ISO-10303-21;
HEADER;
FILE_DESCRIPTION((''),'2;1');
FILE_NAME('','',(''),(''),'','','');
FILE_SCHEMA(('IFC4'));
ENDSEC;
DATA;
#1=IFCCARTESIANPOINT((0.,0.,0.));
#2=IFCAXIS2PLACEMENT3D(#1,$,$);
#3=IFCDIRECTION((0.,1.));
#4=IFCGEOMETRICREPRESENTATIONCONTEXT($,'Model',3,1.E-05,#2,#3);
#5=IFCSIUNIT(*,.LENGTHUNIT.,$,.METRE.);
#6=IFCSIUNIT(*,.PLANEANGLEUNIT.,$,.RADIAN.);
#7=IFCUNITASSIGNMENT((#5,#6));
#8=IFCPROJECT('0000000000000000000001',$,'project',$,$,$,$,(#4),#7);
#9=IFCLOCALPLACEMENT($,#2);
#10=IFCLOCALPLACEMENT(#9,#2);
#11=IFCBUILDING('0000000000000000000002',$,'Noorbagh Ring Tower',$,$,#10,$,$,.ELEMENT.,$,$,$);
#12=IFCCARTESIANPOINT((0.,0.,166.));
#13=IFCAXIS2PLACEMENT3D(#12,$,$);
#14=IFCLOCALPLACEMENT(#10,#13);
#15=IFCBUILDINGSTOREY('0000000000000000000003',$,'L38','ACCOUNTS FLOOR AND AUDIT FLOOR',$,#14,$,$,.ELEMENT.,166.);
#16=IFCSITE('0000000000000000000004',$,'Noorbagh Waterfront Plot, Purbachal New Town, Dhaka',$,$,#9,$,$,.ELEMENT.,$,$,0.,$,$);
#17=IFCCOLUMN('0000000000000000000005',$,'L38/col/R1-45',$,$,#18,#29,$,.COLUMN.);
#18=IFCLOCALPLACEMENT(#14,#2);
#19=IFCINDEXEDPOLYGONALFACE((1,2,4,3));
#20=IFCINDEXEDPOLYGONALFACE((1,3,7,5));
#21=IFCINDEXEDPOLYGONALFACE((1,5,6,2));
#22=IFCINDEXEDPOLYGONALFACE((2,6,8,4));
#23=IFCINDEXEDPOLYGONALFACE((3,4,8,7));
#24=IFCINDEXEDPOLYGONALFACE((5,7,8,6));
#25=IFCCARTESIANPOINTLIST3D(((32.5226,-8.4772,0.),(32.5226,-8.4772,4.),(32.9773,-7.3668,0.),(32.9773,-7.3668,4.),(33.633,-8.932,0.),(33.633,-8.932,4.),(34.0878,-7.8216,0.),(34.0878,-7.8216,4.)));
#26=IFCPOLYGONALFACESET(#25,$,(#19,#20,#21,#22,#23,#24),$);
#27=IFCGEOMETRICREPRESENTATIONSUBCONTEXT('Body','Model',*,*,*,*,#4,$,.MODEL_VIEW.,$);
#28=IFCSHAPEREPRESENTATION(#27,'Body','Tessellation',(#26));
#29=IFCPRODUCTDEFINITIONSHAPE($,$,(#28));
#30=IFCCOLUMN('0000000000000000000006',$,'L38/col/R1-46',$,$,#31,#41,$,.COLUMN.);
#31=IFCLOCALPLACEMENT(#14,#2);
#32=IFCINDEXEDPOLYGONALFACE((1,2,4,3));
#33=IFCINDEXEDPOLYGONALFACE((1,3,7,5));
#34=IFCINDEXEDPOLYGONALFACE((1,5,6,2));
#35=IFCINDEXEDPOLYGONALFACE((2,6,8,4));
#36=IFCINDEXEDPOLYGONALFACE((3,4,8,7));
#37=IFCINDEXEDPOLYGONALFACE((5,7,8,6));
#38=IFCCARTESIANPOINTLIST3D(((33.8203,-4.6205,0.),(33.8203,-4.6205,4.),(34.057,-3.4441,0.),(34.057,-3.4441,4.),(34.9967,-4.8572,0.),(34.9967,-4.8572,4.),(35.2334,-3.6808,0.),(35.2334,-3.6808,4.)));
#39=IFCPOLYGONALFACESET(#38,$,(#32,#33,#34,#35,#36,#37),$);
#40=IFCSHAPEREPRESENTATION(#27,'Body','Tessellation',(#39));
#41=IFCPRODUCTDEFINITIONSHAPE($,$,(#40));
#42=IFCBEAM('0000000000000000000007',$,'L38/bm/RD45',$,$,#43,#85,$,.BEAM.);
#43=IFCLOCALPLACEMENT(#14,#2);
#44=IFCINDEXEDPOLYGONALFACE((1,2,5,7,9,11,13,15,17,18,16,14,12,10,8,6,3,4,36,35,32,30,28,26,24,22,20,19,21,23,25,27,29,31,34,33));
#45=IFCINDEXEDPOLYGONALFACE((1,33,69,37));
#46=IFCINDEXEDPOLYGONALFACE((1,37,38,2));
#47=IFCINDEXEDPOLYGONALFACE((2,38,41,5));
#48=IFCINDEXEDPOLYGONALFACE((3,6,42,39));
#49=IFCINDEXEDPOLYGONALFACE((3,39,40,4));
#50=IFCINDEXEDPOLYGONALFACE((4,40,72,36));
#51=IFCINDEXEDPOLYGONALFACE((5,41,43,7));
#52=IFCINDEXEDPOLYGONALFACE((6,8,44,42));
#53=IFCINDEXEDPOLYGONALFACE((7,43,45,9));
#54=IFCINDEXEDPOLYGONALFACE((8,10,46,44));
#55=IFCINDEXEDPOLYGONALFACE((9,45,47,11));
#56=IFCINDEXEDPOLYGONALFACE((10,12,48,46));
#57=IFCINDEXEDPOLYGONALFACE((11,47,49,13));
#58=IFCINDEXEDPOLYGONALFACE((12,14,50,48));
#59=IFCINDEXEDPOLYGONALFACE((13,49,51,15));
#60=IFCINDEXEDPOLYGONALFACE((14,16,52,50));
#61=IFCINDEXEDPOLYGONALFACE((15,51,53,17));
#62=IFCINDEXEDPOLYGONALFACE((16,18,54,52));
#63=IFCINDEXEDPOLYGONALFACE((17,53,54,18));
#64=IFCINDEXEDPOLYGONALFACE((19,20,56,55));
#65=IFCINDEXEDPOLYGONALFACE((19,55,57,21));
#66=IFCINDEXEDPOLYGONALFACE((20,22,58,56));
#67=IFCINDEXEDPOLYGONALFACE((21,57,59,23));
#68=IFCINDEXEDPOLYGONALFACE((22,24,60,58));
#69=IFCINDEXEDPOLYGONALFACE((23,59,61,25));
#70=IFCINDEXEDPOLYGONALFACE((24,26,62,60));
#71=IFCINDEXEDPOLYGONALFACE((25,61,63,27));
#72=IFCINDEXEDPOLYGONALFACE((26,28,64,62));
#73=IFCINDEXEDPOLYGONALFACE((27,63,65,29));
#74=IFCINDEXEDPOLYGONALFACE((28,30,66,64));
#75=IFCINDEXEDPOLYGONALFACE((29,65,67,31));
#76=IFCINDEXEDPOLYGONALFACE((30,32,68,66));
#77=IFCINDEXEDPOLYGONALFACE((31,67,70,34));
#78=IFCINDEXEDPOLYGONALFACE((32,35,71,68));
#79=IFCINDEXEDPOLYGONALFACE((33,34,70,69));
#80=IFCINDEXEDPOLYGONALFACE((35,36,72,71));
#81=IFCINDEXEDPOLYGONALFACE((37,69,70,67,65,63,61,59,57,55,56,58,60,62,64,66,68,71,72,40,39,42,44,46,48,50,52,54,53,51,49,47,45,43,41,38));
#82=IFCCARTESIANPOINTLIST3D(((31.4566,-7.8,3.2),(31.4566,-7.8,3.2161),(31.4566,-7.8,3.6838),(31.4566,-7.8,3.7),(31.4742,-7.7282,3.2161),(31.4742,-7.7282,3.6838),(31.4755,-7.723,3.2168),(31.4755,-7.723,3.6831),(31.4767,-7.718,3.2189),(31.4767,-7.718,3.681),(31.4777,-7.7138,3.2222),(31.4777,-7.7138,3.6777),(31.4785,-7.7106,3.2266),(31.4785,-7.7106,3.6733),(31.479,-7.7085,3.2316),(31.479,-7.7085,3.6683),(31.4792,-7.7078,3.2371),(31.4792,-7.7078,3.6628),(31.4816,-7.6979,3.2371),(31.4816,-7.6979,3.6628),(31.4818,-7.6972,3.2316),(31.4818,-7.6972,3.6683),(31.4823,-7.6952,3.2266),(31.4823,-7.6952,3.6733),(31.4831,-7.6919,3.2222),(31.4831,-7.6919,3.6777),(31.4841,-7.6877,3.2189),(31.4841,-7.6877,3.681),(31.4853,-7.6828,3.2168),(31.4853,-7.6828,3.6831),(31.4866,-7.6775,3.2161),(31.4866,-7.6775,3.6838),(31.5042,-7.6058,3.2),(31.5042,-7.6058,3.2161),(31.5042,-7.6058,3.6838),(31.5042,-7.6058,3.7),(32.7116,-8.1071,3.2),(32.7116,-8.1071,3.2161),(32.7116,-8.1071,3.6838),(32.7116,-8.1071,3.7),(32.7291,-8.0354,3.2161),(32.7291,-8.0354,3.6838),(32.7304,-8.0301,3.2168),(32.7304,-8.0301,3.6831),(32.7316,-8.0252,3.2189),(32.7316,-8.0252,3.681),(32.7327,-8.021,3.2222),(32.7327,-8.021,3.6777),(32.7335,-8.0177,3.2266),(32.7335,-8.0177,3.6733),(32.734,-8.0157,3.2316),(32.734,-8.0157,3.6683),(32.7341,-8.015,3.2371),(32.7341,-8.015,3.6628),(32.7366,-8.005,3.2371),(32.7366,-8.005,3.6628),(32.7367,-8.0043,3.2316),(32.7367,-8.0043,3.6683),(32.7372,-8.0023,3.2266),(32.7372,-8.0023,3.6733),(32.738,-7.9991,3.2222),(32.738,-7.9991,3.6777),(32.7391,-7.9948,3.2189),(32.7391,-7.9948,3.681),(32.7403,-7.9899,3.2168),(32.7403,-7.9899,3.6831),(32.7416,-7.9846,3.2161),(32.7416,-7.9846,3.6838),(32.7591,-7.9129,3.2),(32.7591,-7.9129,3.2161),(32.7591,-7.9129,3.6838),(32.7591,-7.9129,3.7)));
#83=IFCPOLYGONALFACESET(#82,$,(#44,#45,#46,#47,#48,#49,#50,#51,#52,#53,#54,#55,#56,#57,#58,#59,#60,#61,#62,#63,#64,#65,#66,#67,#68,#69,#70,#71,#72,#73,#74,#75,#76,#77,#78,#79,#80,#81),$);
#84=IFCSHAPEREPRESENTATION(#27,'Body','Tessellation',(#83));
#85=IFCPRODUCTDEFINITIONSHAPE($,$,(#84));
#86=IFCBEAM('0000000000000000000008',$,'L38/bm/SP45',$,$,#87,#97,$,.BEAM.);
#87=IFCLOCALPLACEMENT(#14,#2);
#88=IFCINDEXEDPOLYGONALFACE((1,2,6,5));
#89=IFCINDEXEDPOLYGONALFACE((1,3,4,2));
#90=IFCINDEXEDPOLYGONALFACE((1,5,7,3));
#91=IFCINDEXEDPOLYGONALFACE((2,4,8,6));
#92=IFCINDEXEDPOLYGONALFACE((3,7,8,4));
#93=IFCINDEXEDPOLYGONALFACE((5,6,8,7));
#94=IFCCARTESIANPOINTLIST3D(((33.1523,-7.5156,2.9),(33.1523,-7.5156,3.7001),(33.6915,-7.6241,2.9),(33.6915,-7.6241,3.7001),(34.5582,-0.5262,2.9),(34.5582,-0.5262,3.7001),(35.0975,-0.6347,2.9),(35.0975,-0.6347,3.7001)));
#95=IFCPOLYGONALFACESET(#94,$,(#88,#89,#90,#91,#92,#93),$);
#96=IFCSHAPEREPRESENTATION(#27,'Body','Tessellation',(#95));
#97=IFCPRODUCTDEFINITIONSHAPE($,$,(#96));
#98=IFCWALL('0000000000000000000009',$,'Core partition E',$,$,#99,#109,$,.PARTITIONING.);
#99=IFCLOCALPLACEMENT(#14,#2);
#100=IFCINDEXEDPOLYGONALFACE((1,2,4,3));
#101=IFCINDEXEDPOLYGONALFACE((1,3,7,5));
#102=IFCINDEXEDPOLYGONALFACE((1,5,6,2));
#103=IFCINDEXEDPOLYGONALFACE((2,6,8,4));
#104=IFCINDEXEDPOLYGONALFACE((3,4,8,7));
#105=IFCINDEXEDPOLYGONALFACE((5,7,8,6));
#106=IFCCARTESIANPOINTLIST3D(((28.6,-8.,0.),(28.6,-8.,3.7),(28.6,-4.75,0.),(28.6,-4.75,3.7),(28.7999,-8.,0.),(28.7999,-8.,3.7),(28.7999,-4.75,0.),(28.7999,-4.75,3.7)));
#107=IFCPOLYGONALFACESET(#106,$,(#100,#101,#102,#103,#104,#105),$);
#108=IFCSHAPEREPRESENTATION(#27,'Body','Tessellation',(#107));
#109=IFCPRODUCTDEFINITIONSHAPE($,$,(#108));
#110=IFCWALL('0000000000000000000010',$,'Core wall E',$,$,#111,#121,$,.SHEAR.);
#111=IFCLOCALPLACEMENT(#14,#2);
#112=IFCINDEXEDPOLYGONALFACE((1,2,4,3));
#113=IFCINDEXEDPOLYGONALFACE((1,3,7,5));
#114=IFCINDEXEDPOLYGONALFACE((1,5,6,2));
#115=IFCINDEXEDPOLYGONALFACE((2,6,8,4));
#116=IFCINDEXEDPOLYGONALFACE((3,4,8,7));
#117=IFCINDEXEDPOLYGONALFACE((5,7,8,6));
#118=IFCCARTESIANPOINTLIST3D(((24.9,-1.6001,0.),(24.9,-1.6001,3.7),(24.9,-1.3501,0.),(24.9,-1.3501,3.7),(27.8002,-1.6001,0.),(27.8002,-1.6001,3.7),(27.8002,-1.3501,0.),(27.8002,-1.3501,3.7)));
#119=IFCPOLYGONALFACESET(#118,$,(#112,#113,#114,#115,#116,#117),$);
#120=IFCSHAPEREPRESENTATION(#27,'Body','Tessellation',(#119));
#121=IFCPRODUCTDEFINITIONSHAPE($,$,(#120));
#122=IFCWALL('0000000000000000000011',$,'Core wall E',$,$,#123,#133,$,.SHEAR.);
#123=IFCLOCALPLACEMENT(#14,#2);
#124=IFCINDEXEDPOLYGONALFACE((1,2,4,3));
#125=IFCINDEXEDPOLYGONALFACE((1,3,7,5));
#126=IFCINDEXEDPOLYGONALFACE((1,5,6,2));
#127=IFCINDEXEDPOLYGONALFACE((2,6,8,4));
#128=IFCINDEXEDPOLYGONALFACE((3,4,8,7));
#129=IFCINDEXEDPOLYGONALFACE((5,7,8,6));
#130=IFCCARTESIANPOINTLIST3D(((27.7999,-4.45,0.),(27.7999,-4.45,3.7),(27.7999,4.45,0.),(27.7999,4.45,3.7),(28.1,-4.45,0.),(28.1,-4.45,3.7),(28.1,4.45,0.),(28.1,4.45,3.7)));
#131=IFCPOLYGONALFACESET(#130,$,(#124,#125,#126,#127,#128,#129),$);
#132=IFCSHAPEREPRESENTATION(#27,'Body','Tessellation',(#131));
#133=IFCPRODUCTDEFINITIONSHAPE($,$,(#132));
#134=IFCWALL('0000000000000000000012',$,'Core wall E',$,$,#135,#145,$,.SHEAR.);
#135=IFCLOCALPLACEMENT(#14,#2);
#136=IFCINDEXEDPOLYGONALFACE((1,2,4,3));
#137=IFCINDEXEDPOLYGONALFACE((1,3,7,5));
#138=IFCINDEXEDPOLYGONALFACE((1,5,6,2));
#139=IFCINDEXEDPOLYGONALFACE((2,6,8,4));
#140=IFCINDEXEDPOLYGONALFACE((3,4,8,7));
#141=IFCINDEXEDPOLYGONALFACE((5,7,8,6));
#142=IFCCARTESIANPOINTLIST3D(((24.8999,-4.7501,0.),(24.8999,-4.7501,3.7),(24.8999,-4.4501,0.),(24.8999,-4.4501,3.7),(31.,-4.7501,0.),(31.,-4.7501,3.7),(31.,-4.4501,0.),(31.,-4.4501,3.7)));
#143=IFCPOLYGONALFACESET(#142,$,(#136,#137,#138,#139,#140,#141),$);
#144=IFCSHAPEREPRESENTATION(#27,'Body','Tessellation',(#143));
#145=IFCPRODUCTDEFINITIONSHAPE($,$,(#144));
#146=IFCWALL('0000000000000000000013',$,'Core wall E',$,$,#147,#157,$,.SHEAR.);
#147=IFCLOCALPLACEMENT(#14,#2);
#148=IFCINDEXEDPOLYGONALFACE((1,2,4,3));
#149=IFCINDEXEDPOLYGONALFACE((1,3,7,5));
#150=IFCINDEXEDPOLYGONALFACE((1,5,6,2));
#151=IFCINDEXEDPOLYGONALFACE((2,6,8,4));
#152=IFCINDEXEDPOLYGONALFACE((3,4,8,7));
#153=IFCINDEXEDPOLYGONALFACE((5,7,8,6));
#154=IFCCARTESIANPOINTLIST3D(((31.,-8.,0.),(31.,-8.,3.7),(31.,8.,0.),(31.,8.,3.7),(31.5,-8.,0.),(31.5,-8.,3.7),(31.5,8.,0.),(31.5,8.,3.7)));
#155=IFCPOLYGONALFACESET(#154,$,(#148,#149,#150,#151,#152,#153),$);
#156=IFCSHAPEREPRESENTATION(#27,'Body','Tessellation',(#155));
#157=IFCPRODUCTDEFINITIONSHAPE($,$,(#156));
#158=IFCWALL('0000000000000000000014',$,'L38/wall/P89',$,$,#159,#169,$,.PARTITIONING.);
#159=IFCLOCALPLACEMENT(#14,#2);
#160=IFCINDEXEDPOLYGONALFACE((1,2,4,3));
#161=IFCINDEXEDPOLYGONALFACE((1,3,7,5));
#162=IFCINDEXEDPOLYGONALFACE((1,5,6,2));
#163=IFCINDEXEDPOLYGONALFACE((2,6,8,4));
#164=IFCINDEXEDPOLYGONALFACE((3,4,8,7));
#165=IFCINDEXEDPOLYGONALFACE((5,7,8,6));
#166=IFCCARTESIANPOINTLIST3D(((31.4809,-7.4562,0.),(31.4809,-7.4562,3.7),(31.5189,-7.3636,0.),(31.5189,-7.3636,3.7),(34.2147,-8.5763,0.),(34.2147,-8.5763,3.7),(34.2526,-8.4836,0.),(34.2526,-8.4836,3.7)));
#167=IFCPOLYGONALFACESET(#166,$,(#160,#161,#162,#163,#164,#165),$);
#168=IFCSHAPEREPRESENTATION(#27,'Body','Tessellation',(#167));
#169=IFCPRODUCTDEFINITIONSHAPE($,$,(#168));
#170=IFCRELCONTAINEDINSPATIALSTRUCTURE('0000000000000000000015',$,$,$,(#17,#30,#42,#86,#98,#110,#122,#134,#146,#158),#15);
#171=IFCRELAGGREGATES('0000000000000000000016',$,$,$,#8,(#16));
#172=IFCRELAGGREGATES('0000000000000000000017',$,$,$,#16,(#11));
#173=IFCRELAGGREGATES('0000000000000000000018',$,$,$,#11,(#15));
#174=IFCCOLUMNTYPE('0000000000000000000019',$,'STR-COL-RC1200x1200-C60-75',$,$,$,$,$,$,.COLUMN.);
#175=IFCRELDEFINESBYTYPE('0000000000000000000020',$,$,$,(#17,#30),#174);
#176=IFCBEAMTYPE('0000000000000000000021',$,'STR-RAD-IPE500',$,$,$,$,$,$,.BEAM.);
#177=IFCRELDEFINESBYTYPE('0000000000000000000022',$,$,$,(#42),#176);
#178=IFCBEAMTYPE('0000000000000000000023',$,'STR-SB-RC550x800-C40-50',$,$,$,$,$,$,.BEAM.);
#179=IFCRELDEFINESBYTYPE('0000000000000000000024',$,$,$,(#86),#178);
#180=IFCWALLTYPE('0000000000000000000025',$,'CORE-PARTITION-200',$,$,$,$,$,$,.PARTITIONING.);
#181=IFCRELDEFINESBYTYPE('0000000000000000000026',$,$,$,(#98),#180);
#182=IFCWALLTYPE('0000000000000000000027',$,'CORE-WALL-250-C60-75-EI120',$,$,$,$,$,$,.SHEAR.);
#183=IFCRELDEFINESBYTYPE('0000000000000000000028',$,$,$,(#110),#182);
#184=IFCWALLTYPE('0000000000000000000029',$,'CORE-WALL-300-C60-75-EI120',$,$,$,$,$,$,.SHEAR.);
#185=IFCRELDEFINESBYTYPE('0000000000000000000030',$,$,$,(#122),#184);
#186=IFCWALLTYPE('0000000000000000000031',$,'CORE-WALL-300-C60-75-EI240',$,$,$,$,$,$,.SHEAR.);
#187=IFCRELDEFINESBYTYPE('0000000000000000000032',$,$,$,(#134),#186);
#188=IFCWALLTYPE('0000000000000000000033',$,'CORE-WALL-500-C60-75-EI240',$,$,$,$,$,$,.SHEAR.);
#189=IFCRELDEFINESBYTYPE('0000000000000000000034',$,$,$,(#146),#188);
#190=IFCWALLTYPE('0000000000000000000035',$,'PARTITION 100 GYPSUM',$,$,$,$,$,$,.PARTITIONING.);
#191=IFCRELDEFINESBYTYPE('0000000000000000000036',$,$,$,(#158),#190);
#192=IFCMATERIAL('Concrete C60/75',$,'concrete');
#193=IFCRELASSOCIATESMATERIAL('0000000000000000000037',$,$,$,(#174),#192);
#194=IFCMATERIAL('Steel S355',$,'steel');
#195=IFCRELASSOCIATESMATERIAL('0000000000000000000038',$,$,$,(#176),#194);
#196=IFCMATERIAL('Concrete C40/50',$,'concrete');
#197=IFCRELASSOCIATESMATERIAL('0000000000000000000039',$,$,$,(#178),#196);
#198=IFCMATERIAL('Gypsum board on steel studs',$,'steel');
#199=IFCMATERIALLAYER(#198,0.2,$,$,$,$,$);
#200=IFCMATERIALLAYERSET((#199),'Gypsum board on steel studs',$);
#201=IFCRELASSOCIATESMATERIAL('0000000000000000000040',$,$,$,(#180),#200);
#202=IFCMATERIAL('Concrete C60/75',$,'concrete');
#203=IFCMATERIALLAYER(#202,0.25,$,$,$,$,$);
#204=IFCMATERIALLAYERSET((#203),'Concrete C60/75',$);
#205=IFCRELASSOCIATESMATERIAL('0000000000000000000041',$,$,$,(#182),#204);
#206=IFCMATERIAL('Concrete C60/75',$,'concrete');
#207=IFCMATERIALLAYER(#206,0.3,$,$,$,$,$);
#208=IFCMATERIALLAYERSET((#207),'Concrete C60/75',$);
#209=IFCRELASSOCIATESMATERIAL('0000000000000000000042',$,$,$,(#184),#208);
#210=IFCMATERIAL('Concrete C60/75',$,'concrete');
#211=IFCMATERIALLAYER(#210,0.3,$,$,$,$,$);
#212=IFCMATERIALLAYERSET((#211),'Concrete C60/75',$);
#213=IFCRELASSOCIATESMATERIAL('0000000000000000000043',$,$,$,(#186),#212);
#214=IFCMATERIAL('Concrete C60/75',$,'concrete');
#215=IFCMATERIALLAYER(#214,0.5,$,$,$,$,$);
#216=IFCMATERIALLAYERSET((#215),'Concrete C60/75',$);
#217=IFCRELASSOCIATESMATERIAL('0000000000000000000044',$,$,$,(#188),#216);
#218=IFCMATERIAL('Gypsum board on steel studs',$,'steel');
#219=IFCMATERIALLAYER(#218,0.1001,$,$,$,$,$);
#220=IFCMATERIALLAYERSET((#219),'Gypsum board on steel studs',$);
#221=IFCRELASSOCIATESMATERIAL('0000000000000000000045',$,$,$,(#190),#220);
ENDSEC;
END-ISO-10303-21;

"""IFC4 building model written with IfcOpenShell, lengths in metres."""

from ifc_helpers import new_model, si_unit, direction, frame, frame_2d, origin, origin_2d, place, context, subcontext, project, spatial, rectangle, i_section, extrude, material, layer, layer_set, material_profile, profile_set, type_object, element, save


model = new_model("IFC4")

# Units and contexts
model_context = context("Model", 3, precision=1e-05, world=origin(), true_north=direction((0.0, 1.0)))
body_context = subcontext(model_context, "Body", "Model", "MODEL_VIEW")
ifc_project = project(units=[si_unit("LENGTHUNIT", "METRE"), si_unit("PLANEANGLEUNIT", "RADIAN")], contexts=[model_context])

# Site, building, storey
site_placement = place(None, origin())
site = spatial("IfcSite", under=ifc_project, at=site_placement, Name="Noorbagh Waterfront Plot, Purbachal New Town, Dhaka", CompositionType="ELEMENT", RefElevation=0.0)
building_placement = place(site_placement, origin())
building = spatial("IfcBuilding", under=site, at=building_placement, Name="Noorbagh Ring Tower", CompositionType="ELEMENT")
storey_placement = place(building_placement, frame((0.0, 0.0, 166.0)))
storey = spatial("IfcBuildingStorey", under=building, at=storey_placement, Name="L38", Description="ACCOUNTS FLOOR AND AUDIT FLOOR", CompositionType="ELEMENT", Elevation=166.0)

# Columns
ifc_material_1 = material(Name="Concrete C60/75", Category="concrete")
ifc_material_profile_1 = material_profile(ifc_material_1, rectangle(XDim=1.2, YDim=1.2, at=origin_2d()), Name="RC1200x1200")
ifc_profile_set_1 = profile_set([ifc_material_profile_1], Name="Concrete C60/75")
column_type = type_object("IfcColumnType", Name="STR-COL-RC1200x1200-C60-75", PredefinedType="COLUMN", material=ifc_profile_set_1)
for number, where, z_axis, x_axis, name in (
    (1, (33.3052, -8.1494, 0.0), (0.0, 0.0, 1.0), (0.378989, 0.925401, 0.0), "L38/col/R1-45"),
    (2, (34.5269, -4.1506, 0.0), (0.0, 0.0, 1.0), (0.19723, 0.980357, 0.0), "L38/col/R1-46"),
):
    element("IfcColumn", number, at=place(storey_placement, frame(where, z_axis=z_axis, x_axis=x_axis)), inside=storey, type_object=column_type, Name=name, PredefinedType="COLUMN", context=body_context, shape_type="SweptSolid", body=[
        extrude(rectangle(XDim=1.2, YDim=1.2, at=origin_2d()), origin(), (0.0, 0.0, 1.0), 4.0),
    ])

# Beams
ifc_material_2 = material(Name="Steel S355", Category="steel")
ifc_material_profile_2 = material_profile(ifc_material_2, i_section(OverallWidth=0.2, OverallDepth=0.5, WebThickness=0.0103, FlangeThickness=0.0161, FilletRadius=0.021, at=origin_2d()), Name="IPE500")
ifc_profile_set_2 = profile_set([ifc_material_profile_2], Name="Steel S355")
beam_type_1 = type_object("IfcBeamType", Name="STR-RAD-IPE500", PredefinedType="BEAM", material=ifc_profile_set_2)
beam_1_placement = place(storey_placement, frame((32.7354, -8.01, 3.45), z_axis=(-0.971331, 0.23773, 0.0), x_axis=(-0.23773, -0.971331, 0.0)))
element("IfcBeam", 3, at=beam_1_placement, inside=storey, type_object=beam_type_1, Name="L38/bm/RD45", PredefinedType="BEAM", context=body_context, shape_type="SweptSolid", body=[
    extrude(i_section(OverallWidth=0.2, OverallDepth=0.5, WebThickness=0.0103, FlangeThickness=0.0161, FilletRadius=0.021, at=origin_2d()), origin(), (0.0, 0.0, 1.0), 1.292),
])
ifc_material_3 = material(Name="Concrete C40/50", Category="concrete")
ifc_material_profile_3 = material_profile(ifc_material_3, rectangle(XDim=0.55, YDim=0.8, at=origin_2d()), Name="RC550x800")
ifc_profile_set_3 = profile_set([ifc_material_profile_3], Name="Concrete C40/50")
beam_type_2 = type_object("IfcBeamType", Name="STR-SB-RC550x800-C40-50", PredefinedType="BEAM", material=ifc_profile_set_3)
beam_2_placement = place(storey_placement, frame((33.4219, -7.5698, 3.3), z_axis=(0.197209, 0.980361, 0.0), x_axis=(-0.980361, 0.197209, 0.0)))
element("IfcBeam", 4, at=beam_2_placement, inside=storey, type_object=beam_type_2, Name="L38/bm/SP45", PredefinedType="BEAM", context=body_context, shape_type="SweptSolid", body=[
    extrude(rectangle(XDim=0.55, YDim=0.8, at=origin_2d()), origin(), (0.0, 0.0, 1.0), 7.1294),
])

# Walls
ifc_material_4 = material(Name="Gypsum board on steel studs", Category="steel")
ifc_layer_1 = layer(ifc_material_4, 0.2)
ifc_layer_set_1 = layer_set([ifc_layer_1], Name="Gypsum board on steel studs")
wall_type_1 = type_object("IfcWallType", Name="CORE-PARTITION-200", PredefinedType="PARTITIONING", material=ifc_layer_set_1)
wall_1_placement = place(storey_placement, frame((28.7, -8.0, 0.0), z_axis=(0.0, 0.0, 1.0), x_axis=(0.0, 1.0, 0.0)))
element("IfcWall", 5, at=wall_1_placement, inside=storey, type_object=wall_type_1, Name="Core partition E", PredefinedType="PARTITIONING", context=body_context, shape_type="SweptSolid", body=[
    extrude(rectangle(XDim=3.25, YDim=0.2, at=frame_2d((1.625, 0.0))), origin(), (0.0, 0.0, 1.0), 3.7),
])
ifc_material_5 = material(Name="Concrete C60/75", Category="concrete")
ifc_layer_2 = layer(ifc_material_5, 0.25)
ifc_layer_set_2 = layer_set([ifc_layer_2], Name="Concrete C60/75")
wall_type_2 = type_object("IfcWallType", Name="CORE-WALL-250-C60-75-EI120", PredefinedType="SHEAR", material=ifc_layer_set_2)
wall_2_placement = place(storey_placement, frame((24.8999, -1.4751, 0.0), z_axis=(0.0, 0.0, 1.0), x_axis=(1.0, 0.0, 0.0)))
element("IfcWall", 6, at=wall_2_placement, inside=storey, type_object=wall_type_2, Name="Core wall E", PredefinedType="SHEAR", context=body_context, shape_type="SweptSolid", body=[
    extrude(rectangle(XDim=2.9001, YDim=0.25, at=frame_2d((1.4502, 0.0))), origin(), (0.0, 0.0, 1.0), 3.7),
])
ifc_material_6 = material(Name="Concrete C60/75", Category="concrete")
ifc_layer_3 = layer(ifc_material_6, 0.3)
ifc_layer_set_3 = layer_set([ifc_layer_3], Name="Concrete C60/75")
wall_type_3 = type_object("IfcWallType", Name="CORE-WALL-300-C60-75-EI120", PredefinedType="SHEAR", material=ifc_layer_set_3)
wall_3_placement = place(storey_placement, frame((27.95, -4.45, 0.0), z_axis=(0.0, 0.0, 1.0), x_axis=(0.0, 1.0, 0.0)))
element("IfcWall", 7, at=wall_3_placement, inside=storey, type_object=wall_type_3, Name="Core wall E", PredefinedType="SHEAR", context=body_context, shape_type="SweptSolid", body=[
    extrude(rectangle(XDim=8.8999, YDim=0.3, at=frame_2d((4.45, 0.0))), origin(), (0.0, 0.0, 1.0), 3.7),
])
ifc_material_7 = material(Name="Concrete C60/75", Category="concrete")
ifc_layer_4 = layer(ifc_material_7, 0.3)
ifc_layer_set_4 = layer_set([ifc_layer_4], Name="Concrete C60/75")
wall_type_4 = type_object("IfcWallType", Name="CORE-WALL-300-C60-75-EI240", PredefinedType="SHEAR", material=ifc_layer_set_4)
wall_4_placement = place(storey_placement, frame((24.8999, -4.6001, 0.0), z_axis=(0.0, 0.0, 1.0), x_axis=(1.0, 0.0, 0.0)))
element("IfcWall", 8, at=wall_4_placement, inside=storey, type_object=wall_type_4, Name="Core wall E", PredefinedType="SHEAR", context=body_context, shape_type="SweptSolid", body=[
    extrude(rectangle(XDim=6.1001, YDim=0.3, at=frame_2d((3.05, 0.0))), origin(), (0.0, 0.0, 1.0), 3.7),
])
ifc_material_8 = material(Name="Concrete C60/75", Category="concrete")
ifc_layer_5 = layer(ifc_material_8, 0.5)
ifc_layer_set_5 = layer_set([ifc_layer_5], Name="Concrete C60/75")
wall_type_5 = type_object("IfcWallType", Name="CORE-WALL-500-C60-75-EI240", PredefinedType="SHEAR", material=ifc_layer_set_5)
wall_5_placement = place(storey_placement, frame((31.25, -8.0, 0.0), z_axis=(0.0, 0.0, 1.0), x_axis=(0.0, 1.0, 0.0)))
element("IfcWall", 9, at=wall_5_placement, inside=storey, type_object=wall_type_5, Name="Core wall E", PredefinedType="SHEAR", context=body_context, shape_type="SweptSolid", body=[
    extrude(rectangle(XDim=16.0, YDim=0.5, at=frame_2d((8.0, 0.0))), origin(), (0.0, 0.0, 1.0), 3.7),
])
ifc_material_9 = material(Name="Gypsum board on steel studs", Category="steel")
ifc_layer_6 = layer(ifc_material_9, 0.1001)
ifc_layer_set_6 = layer_set([ifc_layer_6], Name="Gypsum board on steel studs")
wall_type_6 = type_object("IfcWallType", Name="PARTITION 100 GYPSUM", PredefinedType="PARTITIONING", material=ifc_layer_set_6)
wall_6_placement = place(storey_placement, frame((31.5, -7.4099, 0.0), z_axis=(0.0, 0.0, 1.0), x_axis=(0.925344, -0.379128, 0.0)))
element("IfcWall", 10, at=wall_6_placement, inside=storey, type_object=wall_type_6, Name="L38/wall/P89", PredefinedType="PARTITIONING", context=body_context, shape_type="SweptSolid", body=[
    extrude(rectangle(XDim=2.9543, YDim=0.1001, at=frame_2d((1.4771, 0.0))), origin(), (0.0, 0.0, 1.0), 3.7),
])

save(model, "model.ifc")
